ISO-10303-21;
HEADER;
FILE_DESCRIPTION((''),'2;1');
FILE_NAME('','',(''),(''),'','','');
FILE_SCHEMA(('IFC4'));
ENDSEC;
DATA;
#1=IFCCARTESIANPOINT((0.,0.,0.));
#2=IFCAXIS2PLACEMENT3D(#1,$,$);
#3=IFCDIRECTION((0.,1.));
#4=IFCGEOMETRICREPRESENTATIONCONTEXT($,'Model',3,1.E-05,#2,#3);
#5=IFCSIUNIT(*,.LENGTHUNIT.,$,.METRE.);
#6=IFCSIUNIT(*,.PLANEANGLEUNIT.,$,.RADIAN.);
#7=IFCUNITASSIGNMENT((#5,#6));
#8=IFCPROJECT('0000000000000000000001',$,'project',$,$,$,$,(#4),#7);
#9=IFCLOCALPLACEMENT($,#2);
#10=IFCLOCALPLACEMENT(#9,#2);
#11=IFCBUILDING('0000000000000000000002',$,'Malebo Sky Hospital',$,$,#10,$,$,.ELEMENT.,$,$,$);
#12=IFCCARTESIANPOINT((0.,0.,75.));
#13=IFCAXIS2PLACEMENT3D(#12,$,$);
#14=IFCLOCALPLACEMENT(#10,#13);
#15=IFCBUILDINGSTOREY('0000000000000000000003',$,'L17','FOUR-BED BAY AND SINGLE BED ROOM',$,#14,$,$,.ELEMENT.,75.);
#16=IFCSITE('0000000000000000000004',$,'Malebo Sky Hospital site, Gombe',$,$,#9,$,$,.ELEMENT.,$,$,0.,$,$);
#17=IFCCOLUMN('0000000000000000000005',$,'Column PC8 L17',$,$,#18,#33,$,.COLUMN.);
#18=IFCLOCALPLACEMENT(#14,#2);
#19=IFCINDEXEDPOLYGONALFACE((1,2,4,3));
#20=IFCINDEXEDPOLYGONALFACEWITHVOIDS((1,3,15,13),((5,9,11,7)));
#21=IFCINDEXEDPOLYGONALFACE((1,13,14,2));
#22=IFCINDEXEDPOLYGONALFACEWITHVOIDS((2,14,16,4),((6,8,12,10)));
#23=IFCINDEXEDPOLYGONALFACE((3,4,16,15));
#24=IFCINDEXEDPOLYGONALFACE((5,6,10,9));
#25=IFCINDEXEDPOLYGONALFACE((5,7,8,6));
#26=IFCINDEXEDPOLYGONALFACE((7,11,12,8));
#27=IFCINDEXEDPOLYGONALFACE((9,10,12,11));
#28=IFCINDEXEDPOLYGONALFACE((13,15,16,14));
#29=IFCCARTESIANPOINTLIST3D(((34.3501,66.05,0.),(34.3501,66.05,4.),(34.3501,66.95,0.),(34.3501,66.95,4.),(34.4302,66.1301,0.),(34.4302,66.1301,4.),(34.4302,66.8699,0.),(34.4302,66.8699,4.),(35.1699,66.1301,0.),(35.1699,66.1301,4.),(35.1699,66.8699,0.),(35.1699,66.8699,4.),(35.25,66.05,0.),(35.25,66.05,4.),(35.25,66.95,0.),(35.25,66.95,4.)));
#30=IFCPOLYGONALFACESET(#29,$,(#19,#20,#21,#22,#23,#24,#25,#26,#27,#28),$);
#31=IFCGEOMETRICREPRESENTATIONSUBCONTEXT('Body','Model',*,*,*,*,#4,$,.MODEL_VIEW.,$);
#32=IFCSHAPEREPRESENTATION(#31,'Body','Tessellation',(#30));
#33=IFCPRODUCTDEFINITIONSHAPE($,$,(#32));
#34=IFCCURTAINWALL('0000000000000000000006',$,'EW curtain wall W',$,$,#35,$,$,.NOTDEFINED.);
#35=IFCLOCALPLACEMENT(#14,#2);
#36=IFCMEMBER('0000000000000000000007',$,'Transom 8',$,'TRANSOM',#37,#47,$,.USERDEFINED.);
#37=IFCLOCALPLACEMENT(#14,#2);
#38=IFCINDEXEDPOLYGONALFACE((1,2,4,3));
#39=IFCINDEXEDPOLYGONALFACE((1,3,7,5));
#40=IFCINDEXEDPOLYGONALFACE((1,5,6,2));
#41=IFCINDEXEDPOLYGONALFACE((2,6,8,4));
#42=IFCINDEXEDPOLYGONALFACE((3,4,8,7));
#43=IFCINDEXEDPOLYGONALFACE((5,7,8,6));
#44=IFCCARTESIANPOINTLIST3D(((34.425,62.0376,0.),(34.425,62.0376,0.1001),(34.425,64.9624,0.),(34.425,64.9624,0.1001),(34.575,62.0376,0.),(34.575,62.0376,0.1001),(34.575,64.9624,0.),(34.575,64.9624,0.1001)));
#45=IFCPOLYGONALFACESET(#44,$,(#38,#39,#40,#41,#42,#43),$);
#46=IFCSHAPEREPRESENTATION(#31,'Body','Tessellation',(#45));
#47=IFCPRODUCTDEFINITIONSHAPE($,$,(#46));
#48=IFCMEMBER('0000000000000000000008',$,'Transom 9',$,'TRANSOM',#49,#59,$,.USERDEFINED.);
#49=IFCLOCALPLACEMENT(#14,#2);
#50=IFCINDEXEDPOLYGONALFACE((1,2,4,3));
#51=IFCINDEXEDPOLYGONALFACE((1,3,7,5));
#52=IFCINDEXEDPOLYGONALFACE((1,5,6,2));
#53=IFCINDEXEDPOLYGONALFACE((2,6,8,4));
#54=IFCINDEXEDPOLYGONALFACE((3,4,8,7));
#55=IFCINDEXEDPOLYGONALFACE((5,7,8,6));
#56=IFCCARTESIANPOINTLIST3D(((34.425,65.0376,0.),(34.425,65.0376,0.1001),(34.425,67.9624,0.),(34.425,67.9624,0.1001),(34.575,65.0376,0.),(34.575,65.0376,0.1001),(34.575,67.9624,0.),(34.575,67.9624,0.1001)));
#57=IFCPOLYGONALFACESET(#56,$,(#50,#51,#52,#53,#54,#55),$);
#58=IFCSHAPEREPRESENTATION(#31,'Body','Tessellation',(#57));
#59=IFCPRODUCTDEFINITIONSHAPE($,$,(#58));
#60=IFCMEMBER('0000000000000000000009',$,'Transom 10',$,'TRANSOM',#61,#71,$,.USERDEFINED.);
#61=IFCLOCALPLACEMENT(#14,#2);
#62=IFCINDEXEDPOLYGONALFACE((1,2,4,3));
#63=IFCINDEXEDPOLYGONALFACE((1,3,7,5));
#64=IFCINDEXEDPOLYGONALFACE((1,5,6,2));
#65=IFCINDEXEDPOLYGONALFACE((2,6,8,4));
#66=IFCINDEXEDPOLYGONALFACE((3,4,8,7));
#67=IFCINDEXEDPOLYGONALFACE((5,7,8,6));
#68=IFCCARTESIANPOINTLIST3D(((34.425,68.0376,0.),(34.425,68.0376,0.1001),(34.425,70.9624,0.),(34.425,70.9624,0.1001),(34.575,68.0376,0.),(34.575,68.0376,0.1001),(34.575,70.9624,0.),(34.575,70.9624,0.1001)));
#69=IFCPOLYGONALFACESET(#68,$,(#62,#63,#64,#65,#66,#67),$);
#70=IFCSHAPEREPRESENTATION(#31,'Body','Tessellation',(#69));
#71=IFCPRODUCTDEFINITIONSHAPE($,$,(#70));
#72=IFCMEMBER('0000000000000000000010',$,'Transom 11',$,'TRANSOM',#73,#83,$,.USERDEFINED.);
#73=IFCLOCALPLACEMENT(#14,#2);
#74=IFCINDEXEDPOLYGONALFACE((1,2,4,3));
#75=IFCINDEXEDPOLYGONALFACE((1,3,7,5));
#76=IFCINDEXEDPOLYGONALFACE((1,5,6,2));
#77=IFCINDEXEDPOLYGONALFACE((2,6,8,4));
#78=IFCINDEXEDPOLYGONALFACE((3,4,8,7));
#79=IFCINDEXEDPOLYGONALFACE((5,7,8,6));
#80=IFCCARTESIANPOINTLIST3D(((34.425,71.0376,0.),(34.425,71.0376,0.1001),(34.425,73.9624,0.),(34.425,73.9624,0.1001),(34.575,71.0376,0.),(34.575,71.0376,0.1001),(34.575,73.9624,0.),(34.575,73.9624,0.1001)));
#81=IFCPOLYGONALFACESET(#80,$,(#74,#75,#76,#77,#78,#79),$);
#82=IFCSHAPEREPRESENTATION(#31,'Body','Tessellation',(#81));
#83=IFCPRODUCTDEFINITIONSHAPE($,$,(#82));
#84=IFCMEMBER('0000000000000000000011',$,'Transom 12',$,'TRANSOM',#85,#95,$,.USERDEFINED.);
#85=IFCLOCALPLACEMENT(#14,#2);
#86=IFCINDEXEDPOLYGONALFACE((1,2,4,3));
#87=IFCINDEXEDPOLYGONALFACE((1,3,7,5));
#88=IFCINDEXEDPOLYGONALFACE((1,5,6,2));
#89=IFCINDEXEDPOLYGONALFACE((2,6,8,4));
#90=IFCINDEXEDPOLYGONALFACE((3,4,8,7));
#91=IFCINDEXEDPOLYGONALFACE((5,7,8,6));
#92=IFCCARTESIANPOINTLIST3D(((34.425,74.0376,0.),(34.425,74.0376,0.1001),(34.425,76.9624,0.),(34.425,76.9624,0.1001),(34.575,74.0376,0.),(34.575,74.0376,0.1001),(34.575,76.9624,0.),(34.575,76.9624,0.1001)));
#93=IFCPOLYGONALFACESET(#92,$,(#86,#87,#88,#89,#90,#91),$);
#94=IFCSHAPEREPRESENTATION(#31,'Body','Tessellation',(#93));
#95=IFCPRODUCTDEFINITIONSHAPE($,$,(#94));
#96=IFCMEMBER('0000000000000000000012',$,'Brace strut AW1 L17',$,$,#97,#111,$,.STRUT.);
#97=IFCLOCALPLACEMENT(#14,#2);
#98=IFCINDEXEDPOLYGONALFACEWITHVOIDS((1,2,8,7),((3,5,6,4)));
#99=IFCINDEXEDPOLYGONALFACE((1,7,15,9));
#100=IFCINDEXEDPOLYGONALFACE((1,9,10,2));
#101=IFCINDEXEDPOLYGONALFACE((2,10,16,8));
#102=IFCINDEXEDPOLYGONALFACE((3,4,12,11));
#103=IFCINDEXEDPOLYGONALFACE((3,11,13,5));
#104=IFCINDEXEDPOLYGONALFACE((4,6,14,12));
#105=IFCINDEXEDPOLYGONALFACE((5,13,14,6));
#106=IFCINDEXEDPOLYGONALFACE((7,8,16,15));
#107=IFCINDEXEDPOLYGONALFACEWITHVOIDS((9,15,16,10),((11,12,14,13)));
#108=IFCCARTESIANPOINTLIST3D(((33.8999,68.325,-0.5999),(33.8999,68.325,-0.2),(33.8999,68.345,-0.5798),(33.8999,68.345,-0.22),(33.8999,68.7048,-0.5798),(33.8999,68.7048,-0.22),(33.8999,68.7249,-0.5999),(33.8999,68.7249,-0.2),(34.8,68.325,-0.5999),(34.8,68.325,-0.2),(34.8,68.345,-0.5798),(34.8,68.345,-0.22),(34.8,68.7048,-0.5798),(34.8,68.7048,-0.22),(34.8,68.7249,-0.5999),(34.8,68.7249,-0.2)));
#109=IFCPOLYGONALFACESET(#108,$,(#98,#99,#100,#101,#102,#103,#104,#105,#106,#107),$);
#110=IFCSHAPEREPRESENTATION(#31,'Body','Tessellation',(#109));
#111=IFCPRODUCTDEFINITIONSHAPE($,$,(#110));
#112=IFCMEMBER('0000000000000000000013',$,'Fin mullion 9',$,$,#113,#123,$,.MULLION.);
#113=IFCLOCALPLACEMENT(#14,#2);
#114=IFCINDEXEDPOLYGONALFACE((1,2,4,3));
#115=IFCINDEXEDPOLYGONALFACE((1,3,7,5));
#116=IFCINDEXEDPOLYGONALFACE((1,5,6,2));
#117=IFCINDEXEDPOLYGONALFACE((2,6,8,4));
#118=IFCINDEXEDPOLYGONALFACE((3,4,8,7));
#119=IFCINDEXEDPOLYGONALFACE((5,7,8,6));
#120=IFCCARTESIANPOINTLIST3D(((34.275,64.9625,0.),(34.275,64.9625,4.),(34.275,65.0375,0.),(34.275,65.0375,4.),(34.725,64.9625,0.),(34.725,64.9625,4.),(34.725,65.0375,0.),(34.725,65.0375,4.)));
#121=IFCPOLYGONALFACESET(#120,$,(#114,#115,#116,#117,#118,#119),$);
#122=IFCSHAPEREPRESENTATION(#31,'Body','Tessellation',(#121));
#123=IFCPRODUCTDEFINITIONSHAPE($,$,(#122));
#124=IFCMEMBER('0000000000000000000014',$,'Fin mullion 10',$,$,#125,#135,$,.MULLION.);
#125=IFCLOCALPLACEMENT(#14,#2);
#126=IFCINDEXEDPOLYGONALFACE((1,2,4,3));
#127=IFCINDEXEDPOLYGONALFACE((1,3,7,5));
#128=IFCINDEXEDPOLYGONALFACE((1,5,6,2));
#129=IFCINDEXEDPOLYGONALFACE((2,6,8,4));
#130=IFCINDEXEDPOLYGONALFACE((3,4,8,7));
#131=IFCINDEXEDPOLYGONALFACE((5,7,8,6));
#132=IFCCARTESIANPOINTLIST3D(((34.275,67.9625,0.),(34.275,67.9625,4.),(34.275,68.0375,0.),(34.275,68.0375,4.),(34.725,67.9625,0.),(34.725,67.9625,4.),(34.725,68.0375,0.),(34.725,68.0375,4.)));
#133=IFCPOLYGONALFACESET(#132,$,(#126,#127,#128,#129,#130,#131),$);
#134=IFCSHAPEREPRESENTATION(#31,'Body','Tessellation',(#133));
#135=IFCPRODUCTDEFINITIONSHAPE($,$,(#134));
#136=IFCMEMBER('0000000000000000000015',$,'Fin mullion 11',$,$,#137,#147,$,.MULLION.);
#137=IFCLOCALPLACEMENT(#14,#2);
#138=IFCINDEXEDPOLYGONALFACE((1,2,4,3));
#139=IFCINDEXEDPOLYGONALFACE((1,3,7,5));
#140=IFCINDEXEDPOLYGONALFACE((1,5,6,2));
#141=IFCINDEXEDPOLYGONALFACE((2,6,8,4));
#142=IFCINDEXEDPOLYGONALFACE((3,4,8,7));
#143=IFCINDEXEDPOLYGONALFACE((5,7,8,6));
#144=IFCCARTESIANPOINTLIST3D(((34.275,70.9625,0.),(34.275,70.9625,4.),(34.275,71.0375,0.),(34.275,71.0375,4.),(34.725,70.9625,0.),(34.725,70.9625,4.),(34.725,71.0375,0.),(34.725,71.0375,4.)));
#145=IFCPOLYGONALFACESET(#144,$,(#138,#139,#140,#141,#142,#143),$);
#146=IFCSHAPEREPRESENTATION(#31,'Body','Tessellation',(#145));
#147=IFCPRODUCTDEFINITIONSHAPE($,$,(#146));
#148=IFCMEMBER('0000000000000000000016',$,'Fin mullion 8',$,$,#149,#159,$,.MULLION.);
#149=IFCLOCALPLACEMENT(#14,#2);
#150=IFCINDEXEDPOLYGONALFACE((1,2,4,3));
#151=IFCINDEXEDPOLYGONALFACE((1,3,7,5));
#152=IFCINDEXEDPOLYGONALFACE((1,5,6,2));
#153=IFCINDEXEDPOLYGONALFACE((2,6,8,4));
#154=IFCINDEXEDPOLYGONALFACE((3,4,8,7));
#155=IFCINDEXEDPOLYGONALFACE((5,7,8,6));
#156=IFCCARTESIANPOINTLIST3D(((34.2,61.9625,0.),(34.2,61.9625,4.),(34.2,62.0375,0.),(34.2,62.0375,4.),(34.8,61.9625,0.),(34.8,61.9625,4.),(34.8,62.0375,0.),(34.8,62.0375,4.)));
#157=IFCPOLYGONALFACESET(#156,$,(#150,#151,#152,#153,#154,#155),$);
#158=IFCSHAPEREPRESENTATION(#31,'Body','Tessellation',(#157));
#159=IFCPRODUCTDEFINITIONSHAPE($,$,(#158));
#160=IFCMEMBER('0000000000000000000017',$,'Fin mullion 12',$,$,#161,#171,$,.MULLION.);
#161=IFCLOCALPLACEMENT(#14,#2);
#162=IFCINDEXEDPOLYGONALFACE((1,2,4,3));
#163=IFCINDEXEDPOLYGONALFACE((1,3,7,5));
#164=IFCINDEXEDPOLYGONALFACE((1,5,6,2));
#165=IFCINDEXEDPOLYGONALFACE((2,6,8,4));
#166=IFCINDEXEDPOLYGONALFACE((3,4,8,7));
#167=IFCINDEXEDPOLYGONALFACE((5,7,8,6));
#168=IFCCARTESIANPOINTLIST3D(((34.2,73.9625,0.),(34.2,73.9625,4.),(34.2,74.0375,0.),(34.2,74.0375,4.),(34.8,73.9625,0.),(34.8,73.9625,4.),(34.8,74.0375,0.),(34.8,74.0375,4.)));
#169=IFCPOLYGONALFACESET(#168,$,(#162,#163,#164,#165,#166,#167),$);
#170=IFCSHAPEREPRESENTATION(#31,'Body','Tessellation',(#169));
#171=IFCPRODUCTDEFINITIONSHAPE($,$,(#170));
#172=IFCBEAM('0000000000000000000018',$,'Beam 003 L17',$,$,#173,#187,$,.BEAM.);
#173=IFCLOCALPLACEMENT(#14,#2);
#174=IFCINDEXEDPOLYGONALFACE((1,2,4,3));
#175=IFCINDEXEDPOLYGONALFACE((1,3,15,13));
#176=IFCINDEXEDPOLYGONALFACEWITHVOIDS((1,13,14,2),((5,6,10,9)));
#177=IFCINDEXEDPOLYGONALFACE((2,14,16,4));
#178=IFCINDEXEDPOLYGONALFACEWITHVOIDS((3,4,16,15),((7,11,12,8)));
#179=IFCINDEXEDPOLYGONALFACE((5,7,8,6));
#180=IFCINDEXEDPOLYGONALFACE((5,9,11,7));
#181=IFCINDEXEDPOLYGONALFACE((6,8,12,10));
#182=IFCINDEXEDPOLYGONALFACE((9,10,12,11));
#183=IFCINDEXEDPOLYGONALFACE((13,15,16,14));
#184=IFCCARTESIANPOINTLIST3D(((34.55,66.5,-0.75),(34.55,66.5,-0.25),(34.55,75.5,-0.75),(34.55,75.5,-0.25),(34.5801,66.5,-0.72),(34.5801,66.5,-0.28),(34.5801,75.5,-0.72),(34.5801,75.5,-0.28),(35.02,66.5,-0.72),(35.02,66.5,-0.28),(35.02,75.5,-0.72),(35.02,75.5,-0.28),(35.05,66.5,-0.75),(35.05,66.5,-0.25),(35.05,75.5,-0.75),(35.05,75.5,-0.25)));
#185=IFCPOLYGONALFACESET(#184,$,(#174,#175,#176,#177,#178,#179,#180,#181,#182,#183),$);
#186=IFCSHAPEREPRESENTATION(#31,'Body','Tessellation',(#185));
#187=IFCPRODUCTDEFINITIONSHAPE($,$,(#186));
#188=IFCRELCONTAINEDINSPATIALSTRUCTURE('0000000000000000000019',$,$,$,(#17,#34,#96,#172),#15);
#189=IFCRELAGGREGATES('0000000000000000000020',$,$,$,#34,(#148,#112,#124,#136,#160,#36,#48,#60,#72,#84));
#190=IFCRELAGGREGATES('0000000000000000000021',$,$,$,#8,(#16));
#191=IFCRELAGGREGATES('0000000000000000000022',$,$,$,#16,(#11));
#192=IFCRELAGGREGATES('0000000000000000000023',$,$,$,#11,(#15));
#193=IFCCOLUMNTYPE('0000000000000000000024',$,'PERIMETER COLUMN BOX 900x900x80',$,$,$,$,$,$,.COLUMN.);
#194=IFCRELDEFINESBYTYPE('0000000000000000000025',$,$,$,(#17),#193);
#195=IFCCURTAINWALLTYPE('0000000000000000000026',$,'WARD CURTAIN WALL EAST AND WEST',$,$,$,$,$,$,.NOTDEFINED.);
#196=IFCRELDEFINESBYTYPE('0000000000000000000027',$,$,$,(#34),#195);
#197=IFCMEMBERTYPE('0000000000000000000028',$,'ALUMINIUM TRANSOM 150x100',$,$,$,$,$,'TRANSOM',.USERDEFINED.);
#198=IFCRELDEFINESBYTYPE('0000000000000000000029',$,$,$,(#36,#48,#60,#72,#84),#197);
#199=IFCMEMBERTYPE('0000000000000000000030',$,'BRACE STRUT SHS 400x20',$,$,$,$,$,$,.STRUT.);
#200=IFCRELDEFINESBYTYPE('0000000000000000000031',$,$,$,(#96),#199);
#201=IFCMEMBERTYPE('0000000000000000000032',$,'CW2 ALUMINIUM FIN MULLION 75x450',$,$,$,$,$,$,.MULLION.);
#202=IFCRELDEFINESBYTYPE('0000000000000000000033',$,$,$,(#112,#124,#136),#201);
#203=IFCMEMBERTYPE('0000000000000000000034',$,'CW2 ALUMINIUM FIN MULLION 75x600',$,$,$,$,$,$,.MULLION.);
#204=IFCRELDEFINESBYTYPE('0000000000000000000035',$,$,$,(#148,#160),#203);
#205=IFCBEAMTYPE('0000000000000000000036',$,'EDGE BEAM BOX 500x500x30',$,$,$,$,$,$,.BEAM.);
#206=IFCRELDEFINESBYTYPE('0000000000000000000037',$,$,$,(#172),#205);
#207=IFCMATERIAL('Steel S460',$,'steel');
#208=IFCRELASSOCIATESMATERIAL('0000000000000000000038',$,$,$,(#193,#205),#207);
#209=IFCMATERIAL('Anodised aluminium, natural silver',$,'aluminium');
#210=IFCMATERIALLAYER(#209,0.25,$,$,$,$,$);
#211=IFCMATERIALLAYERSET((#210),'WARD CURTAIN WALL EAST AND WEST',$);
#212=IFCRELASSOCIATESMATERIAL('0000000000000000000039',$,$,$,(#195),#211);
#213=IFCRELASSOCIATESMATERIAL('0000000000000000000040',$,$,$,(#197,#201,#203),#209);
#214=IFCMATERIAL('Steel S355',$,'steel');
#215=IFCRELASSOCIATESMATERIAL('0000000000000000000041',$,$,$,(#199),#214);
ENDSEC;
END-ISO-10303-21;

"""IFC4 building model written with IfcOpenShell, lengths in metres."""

from ifc_helpers import new_model, si_unit, direction, frame, origin, origin_2d, place, context, subcontext, project, spatial, rectangle, hollow_rectangle, extrude, material, layer, layer_set, material_profile, profile_set, type_object, element, aggregate, save


model = new_model("IFC4")

# Units and contexts
model_context = context("Model", 3, precision=1e-05, world=origin(), true_north=direction((0.0, 1.0)))
body_context = subcontext(model_context, "Body", "Model", "MODEL_VIEW")
ifc_project = project(units=[si_unit("LENGTHUNIT", "METRE"), si_unit("PLANEANGLEUNIT", "RADIAN")], contexts=[model_context])

# Site, building, storey
site_placement = place(None, origin())
site = spatial("IfcSite", under=ifc_project, at=site_placement, Name="Malebo Sky Hospital site, Gombe", CompositionType="ELEMENT", RefElevation=0.0)
building_placement = place(site_placement, origin())
building = spatial("IfcBuilding", under=site, at=building_placement, Name="Malebo Sky Hospital", CompositionType="ELEMENT")
storey_placement = place(building_placement, frame((0.0, 0.0, 75.0)))
storey = spatial("IfcBuildingStorey", under=building, at=storey_placement, Name="L17", Description="FOUR-BED BAY AND SINGLE BED ROOM", CompositionType="ELEMENT", Elevation=75.0)

# Column
ifc_material_1 = material(Name="Steel S460", Category="steel")
ifc_material_profile_1 = material_profile(ifc_material_1, hollow_rectangle(XDim=0.8999, YDim=0.8999, WallThickness=0.0801, at=origin_2d()), Name="BOX 900x900x80")
ifc_profile_set_1 = profile_set([ifc_material_profile_1], Name="Steel S460")
column_type = type_object("IfcColumnType", Name="PERIMETER COLUMN BOX 900x900x80", PredefinedType="COLUMN", material=ifc_profile_set_1)
column_placement = place(storey_placement, frame((34.8, 66.5, 0.0), z_axis=(0.0, 0.0, 1.0), x_axis=(1.0, 0.0, 0.0)))
element("IfcColumn", 1, at=column_placement, inside=storey, type_object=column_type, Name="Column PC8 L17", PredefinedType="COLUMN", context=body_context, shape_type="SweptSolid", body=[
    extrude(hollow_rectangle(XDim=0.8999, YDim=0.8999, WallThickness=0.0801, at=origin_2d()), origin(), (0.0, 0.0, 1.0), 4.0),
])

# Curtain wall, members
ifc_material_2 = material(Name="Anodised aluminium, natural silver", Category="aluminium")
ifc_layer_1 = layer(ifc_material_2, 0.25)
ifc_layer_set_1 = layer_set([ifc_layer_1], Name="WARD CURTAIN WALL EAST AND WEST")
curtain_wall_type = type_object("IfcCurtainWallType", Name="WARD CURTAIN WALL EAST AND WEST", PredefinedType="NOTDEFINED", material=ifc_layer_set_1)
curtain_wall_placement = place(storey_placement, origin())
curtain_wall = element("IfcCurtainWall", 2, at=curtain_wall_placement, inside=storey, type_object=curtain_wall_type, Name="EW curtain wall W", PredefinedType="NOTDEFINED")
ifc_material_profile_2 = material_profile(ifc_material_2, rectangle(XDim=0.1499, YDim=0.1001, at=origin_2d()), Name="ALUMINIUM TRANSOM 150x100")
ifc_profile_set_2 = profile_set([ifc_material_profile_2], Name="Anodised aluminium, natural silver")
member_type_1 = type_object("IfcMemberType", Name="ALUMINIUM TRANSOM 150x100", ElementType="TRANSOM", PredefinedType="USERDEFINED", material=ifc_profile_set_2)
member_1_placement = place(storey_placement, frame((34.5, 62.0376, 0.05), z_axis=(0.0, 1.0, 0.0), x_axis=(-1.0, 0.0, 0.0)))
member_1 = element("IfcMember", 3, at=member_1_placement, type_object=member_type_1, Name="Transom 8", ObjectType="TRANSOM", PredefinedType="USERDEFINED", context=body_context, shape_type="SweptSolid", body=[
    extrude(rectangle(XDim=0.1499, YDim=0.1001, at=origin_2d()), origin(), (0.0, 0.0, 1.0), 2.9248),
])
member_2_placement = place(storey_placement, frame((34.5, 65.0376, 0.05), z_axis=(0.0, 1.0, 0.0), x_axis=(-1.0, 0.0, 0.0)))
member_2 = element("IfcMember", 4, at=member_2_placement, type_object=member_type_1, Name="Transom 9", ObjectType="TRANSOM", PredefinedType="USERDEFINED", context=body_context, shape_type="SweptSolid", body=[
    extrude(rectangle(XDim=0.1499, YDim=0.1001, at=origin_2d()), origin(), (0.0, 0.0, 1.0), 2.9248),
])
member_3_placement = place(storey_placement, frame((34.5, 68.0376, 0.05), z_axis=(0.0, 1.0, 0.0), x_axis=(-1.0, 0.0, 0.0)))
member_3 = element("IfcMember", 5, at=member_3_placement, type_object=member_type_1, Name="Transom 10", ObjectType="TRANSOM", PredefinedType="USERDEFINED", context=body_context, shape_type="SweptSolid", body=[
    extrude(rectangle(XDim=0.1499, YDim=0.1001, at=origin_2d()), origin(), (0.0, 0.0, 1.0), 2.9248),
])
member_4_placement = place(storey_placement, frame((34.5, 71.0376, 0.05), z_axis=(0.0, 1.0, 0.0), x_axis=(-1.0, 0.0, 0.0)))
member_4 = element("IfcMember", 6, at=member_4_placement, type_object=member_type_1, Name="Transom 11", ObjectType="TRANSOM", PredefinedType="USERDEFINED", context=body_context, shape_type="SweptSolid", body=[
    extrude(rectangle(XDim=0.1499, YDim=0.1001, at=origin_2d()), origin(), (0.0, 0.0, 1.0), 2.9248),
])
member_5_placement = place(storey_placement, frame((34.5, 74.0376, 0.05), z_axis=(0.0, 1.0, 0.0), x_axis=(-1.0, 0.0, 0.0)))
member_5 = element("IfcMember", 7, at=member_5_placement, type_object=member_type_1, Name="Transom 12", ObjectType="TRANSOM", PredefinedType="USERDEFINED", context=body_context, shape_type="SweptSolid", body=[
    extrude(rectangle(XDim=0.1499, YDim=0.1001, at=origin_2d()), origin(), (0.0, 0.0, 1.0), 2.9248),
])

# Members
ifc_material_3 = material(Name="Steel S355", Category="steel")
ifc_material_profile_3 = material_profile(ifc_material_3, hollow_rectangle(XDim=0.3999, YDim=0.3999, WallThickness=0.02, at=origin_2d()), Name="SHS 400x20")
ifc_profile_set_3 = profile_set([ifc_material_profile_3], Name="Steel S355")
member_type_2 = type_object("IfcMemberType", Name="BRACE STRUT SHS 400x20", PredefinedType="STRUT", material=ifc_profile_set_3)
member_6_placement = place(storey_placement, frame((33.8999, 68.5249, -0.3999), z_axis=(1.0, 0.0, 0.0), x_axis=(0.0, 1.0, 0.0)))
element("IfcMember", 8, at=member_6_placement, inside=storey, type_object=member_type_2, Name="Brace strut AW1 L17", PredefinedType="STRUT", context=body_context, shape_type="SweptSolid", body=[
    extrude(hollow_rectangle(XDim=0.3999, YDim=0.3999, WallThickness=0.02, at=origin_2d()), origin(), (0.0, 0.0, 1.0), 0.9001),
])
ifc_material_profile_4 = material_profile(ifc_material_2, rectangle(XDim=0.075, YDim=0.45, at=origin_2d()), Name="CW2 ALUMINIUM FIN MULLION 75x450")
ifc_profile_set_4 = profile_set([ifc_material_profile_4], Name="Anodised aluminium, natural silver")
member_type_3 = type_object("IfcMemberType", Name="CW2 ALUMINIUM FIN MULLION 75x450", PredefinedType="MULLION", material=ifc_profile_set_4)
member_7_placement = place(storey_placement, frame((34.5, 65.0, 0.0), z_axis=(0.0, 0.0, 1.0), x_axis=(0.0, 1.0, 0.0)))
member_7 = element("IfcMember", 9, at=member_7_placement, type_object=member_type_3, Name="Fin mullion 9", PredefinedType="MULLION", context=body_context, shape_type="SweptSolid", body=[
    extrude(rectangle(XDim=0.075, YDim=0.45, at=origin_2d()), origin(), (0.0, 0.0, 1.0), 4.0),
])
member_8_placement = place(storey_placement, frame((34.5, 68.0, 0.0), z_axis=(0.0, 0.0, 1.0), x_axis=(0.0, 1.0, 0.0)))
member_8 = element("IfcMember", 10, at=member_8_placement, type_object=member_type_3, Name="Fin mullion 10", PredefinedType="MULLION", context=body_context, shape_type="SweptSolid", body=[
    extrude(rectangle(XDim=0.075, YDim=0.45, at=origin_2d()), origin(), (0.0, 0.0, 1.0), 4.0),
])
member_9_placement = place(storey_placement, frame((34.5, 71.0, 0.0), z_axis=(0.0, 0.0, 1.0), x_axis=(0.0, 1.0, 0.0)))
member_9 = element("IfcMember", 11, at=member_9_placement, type_object=member_type_3, Name="Fin mullion 11", PredefinedType="MULLION", context=body_context, shape_type="SweptSolid", body=[
    extrude(rectangle(XDim=0.075, YDim=0.45, at=origin_2d()), origin(), (0.0, 0.0, 1.0), 4.0),
])
ifc_material_profile_5 = material_profile(ifc_material_2, rectangle(XDim=0.075, YDim=0.6001, at=origin_2d()), Name="CW2 ALUMINIUM FIN MULLION 75x600")
ifc_profile_set_5 = profile_set([ifc_material_profile_5], Name="Anodised aluminium, natural silver")
member_type_4 = type_object("IfcMemberType", Name="CW2 ALUMINIUM FIN MULLION 75x600", PredefinedType="MULLION", material=ifc_profile_set_5)
member_10_placement = place(storey_placement, frame((34.5, 62.0, 0.0), z_axis=(0.0, 0.0, 1.0), x_axis=(0.0, 1.0, 0.0)))
member_10 = element("IfcMember", 12, at=member_10_placement, type_object=member_type_4, Name="Fin mullion 8", PredefinedType="MULLION", context=body_context, shape_type="SweptSolid", body=[
    extrude(rectangle(XDim=0.075, YDim=0.6001, at=origin_2d()), origin(), (0.0, 0.0, 1.0), 4.0),
])
member_11_placement = place(storey_placement, frame((34.5, 74.0, 0.0), z_axis=(0.0, 0.0, 1.0), x_axis=(0.0, 1.0, 0.0)))
member_11 = element("IfcMember", 13, at=member_11_placement, type_object=member_type_4, Name="Fin mullion 12", PredefinedType="MULLION", context=body_context, shape_type="SweptSolid", body=[
    extrude(rectangle(XDim=0.075, YDim=0.6001, at=origin_2d()), origin(), (0.0, 0.0, 1.0), 4.0),
])

# Beam
ifc_material_profile_6 = material_profile(ifc_material_1, hollow_rectangle(XDim=0.5, YDim=0.5, WallThickness=0.03, at=origin_2d()), Name="BOX 500x500x30")
ifc_profile_set_6 = profile_set([ifc_material_profile_6], Name="Steel S460")
beam_type_1 = type_object("IfcBeamType", Name="EDGE BEAM BOX 500x500x30", PredefinedType="BEAM", material=ifc_profile_set_6)
beam_1_placement = place(storey_placement, frame((34.8, 66.5, -0.5), z_axis=(0.0, 1.0, 0.0), x_axis=(-1.0, 0.0, 0.0)))
element("IfcBeam", 14, at=beam_1_placement, inside=storey, type_object=beam_type_1, Name="Beam 003 L17", PredefinedType="BEAM", context=body_context, shape_type="SweptSolid", body=[
    extrude(hollow_rectangle(XDim=0.5, YDim=0.5, WallThickness=0.03, at=origin_2d()), origin(), (0.0, 0.0, 1.0), 9.0),
])

aggregate(curtain_wall, [member_10, member_7, member_8, member_9, member_11, member_1, member_2, member_3, member_4, member_5])

save(model, "model.ifc")
